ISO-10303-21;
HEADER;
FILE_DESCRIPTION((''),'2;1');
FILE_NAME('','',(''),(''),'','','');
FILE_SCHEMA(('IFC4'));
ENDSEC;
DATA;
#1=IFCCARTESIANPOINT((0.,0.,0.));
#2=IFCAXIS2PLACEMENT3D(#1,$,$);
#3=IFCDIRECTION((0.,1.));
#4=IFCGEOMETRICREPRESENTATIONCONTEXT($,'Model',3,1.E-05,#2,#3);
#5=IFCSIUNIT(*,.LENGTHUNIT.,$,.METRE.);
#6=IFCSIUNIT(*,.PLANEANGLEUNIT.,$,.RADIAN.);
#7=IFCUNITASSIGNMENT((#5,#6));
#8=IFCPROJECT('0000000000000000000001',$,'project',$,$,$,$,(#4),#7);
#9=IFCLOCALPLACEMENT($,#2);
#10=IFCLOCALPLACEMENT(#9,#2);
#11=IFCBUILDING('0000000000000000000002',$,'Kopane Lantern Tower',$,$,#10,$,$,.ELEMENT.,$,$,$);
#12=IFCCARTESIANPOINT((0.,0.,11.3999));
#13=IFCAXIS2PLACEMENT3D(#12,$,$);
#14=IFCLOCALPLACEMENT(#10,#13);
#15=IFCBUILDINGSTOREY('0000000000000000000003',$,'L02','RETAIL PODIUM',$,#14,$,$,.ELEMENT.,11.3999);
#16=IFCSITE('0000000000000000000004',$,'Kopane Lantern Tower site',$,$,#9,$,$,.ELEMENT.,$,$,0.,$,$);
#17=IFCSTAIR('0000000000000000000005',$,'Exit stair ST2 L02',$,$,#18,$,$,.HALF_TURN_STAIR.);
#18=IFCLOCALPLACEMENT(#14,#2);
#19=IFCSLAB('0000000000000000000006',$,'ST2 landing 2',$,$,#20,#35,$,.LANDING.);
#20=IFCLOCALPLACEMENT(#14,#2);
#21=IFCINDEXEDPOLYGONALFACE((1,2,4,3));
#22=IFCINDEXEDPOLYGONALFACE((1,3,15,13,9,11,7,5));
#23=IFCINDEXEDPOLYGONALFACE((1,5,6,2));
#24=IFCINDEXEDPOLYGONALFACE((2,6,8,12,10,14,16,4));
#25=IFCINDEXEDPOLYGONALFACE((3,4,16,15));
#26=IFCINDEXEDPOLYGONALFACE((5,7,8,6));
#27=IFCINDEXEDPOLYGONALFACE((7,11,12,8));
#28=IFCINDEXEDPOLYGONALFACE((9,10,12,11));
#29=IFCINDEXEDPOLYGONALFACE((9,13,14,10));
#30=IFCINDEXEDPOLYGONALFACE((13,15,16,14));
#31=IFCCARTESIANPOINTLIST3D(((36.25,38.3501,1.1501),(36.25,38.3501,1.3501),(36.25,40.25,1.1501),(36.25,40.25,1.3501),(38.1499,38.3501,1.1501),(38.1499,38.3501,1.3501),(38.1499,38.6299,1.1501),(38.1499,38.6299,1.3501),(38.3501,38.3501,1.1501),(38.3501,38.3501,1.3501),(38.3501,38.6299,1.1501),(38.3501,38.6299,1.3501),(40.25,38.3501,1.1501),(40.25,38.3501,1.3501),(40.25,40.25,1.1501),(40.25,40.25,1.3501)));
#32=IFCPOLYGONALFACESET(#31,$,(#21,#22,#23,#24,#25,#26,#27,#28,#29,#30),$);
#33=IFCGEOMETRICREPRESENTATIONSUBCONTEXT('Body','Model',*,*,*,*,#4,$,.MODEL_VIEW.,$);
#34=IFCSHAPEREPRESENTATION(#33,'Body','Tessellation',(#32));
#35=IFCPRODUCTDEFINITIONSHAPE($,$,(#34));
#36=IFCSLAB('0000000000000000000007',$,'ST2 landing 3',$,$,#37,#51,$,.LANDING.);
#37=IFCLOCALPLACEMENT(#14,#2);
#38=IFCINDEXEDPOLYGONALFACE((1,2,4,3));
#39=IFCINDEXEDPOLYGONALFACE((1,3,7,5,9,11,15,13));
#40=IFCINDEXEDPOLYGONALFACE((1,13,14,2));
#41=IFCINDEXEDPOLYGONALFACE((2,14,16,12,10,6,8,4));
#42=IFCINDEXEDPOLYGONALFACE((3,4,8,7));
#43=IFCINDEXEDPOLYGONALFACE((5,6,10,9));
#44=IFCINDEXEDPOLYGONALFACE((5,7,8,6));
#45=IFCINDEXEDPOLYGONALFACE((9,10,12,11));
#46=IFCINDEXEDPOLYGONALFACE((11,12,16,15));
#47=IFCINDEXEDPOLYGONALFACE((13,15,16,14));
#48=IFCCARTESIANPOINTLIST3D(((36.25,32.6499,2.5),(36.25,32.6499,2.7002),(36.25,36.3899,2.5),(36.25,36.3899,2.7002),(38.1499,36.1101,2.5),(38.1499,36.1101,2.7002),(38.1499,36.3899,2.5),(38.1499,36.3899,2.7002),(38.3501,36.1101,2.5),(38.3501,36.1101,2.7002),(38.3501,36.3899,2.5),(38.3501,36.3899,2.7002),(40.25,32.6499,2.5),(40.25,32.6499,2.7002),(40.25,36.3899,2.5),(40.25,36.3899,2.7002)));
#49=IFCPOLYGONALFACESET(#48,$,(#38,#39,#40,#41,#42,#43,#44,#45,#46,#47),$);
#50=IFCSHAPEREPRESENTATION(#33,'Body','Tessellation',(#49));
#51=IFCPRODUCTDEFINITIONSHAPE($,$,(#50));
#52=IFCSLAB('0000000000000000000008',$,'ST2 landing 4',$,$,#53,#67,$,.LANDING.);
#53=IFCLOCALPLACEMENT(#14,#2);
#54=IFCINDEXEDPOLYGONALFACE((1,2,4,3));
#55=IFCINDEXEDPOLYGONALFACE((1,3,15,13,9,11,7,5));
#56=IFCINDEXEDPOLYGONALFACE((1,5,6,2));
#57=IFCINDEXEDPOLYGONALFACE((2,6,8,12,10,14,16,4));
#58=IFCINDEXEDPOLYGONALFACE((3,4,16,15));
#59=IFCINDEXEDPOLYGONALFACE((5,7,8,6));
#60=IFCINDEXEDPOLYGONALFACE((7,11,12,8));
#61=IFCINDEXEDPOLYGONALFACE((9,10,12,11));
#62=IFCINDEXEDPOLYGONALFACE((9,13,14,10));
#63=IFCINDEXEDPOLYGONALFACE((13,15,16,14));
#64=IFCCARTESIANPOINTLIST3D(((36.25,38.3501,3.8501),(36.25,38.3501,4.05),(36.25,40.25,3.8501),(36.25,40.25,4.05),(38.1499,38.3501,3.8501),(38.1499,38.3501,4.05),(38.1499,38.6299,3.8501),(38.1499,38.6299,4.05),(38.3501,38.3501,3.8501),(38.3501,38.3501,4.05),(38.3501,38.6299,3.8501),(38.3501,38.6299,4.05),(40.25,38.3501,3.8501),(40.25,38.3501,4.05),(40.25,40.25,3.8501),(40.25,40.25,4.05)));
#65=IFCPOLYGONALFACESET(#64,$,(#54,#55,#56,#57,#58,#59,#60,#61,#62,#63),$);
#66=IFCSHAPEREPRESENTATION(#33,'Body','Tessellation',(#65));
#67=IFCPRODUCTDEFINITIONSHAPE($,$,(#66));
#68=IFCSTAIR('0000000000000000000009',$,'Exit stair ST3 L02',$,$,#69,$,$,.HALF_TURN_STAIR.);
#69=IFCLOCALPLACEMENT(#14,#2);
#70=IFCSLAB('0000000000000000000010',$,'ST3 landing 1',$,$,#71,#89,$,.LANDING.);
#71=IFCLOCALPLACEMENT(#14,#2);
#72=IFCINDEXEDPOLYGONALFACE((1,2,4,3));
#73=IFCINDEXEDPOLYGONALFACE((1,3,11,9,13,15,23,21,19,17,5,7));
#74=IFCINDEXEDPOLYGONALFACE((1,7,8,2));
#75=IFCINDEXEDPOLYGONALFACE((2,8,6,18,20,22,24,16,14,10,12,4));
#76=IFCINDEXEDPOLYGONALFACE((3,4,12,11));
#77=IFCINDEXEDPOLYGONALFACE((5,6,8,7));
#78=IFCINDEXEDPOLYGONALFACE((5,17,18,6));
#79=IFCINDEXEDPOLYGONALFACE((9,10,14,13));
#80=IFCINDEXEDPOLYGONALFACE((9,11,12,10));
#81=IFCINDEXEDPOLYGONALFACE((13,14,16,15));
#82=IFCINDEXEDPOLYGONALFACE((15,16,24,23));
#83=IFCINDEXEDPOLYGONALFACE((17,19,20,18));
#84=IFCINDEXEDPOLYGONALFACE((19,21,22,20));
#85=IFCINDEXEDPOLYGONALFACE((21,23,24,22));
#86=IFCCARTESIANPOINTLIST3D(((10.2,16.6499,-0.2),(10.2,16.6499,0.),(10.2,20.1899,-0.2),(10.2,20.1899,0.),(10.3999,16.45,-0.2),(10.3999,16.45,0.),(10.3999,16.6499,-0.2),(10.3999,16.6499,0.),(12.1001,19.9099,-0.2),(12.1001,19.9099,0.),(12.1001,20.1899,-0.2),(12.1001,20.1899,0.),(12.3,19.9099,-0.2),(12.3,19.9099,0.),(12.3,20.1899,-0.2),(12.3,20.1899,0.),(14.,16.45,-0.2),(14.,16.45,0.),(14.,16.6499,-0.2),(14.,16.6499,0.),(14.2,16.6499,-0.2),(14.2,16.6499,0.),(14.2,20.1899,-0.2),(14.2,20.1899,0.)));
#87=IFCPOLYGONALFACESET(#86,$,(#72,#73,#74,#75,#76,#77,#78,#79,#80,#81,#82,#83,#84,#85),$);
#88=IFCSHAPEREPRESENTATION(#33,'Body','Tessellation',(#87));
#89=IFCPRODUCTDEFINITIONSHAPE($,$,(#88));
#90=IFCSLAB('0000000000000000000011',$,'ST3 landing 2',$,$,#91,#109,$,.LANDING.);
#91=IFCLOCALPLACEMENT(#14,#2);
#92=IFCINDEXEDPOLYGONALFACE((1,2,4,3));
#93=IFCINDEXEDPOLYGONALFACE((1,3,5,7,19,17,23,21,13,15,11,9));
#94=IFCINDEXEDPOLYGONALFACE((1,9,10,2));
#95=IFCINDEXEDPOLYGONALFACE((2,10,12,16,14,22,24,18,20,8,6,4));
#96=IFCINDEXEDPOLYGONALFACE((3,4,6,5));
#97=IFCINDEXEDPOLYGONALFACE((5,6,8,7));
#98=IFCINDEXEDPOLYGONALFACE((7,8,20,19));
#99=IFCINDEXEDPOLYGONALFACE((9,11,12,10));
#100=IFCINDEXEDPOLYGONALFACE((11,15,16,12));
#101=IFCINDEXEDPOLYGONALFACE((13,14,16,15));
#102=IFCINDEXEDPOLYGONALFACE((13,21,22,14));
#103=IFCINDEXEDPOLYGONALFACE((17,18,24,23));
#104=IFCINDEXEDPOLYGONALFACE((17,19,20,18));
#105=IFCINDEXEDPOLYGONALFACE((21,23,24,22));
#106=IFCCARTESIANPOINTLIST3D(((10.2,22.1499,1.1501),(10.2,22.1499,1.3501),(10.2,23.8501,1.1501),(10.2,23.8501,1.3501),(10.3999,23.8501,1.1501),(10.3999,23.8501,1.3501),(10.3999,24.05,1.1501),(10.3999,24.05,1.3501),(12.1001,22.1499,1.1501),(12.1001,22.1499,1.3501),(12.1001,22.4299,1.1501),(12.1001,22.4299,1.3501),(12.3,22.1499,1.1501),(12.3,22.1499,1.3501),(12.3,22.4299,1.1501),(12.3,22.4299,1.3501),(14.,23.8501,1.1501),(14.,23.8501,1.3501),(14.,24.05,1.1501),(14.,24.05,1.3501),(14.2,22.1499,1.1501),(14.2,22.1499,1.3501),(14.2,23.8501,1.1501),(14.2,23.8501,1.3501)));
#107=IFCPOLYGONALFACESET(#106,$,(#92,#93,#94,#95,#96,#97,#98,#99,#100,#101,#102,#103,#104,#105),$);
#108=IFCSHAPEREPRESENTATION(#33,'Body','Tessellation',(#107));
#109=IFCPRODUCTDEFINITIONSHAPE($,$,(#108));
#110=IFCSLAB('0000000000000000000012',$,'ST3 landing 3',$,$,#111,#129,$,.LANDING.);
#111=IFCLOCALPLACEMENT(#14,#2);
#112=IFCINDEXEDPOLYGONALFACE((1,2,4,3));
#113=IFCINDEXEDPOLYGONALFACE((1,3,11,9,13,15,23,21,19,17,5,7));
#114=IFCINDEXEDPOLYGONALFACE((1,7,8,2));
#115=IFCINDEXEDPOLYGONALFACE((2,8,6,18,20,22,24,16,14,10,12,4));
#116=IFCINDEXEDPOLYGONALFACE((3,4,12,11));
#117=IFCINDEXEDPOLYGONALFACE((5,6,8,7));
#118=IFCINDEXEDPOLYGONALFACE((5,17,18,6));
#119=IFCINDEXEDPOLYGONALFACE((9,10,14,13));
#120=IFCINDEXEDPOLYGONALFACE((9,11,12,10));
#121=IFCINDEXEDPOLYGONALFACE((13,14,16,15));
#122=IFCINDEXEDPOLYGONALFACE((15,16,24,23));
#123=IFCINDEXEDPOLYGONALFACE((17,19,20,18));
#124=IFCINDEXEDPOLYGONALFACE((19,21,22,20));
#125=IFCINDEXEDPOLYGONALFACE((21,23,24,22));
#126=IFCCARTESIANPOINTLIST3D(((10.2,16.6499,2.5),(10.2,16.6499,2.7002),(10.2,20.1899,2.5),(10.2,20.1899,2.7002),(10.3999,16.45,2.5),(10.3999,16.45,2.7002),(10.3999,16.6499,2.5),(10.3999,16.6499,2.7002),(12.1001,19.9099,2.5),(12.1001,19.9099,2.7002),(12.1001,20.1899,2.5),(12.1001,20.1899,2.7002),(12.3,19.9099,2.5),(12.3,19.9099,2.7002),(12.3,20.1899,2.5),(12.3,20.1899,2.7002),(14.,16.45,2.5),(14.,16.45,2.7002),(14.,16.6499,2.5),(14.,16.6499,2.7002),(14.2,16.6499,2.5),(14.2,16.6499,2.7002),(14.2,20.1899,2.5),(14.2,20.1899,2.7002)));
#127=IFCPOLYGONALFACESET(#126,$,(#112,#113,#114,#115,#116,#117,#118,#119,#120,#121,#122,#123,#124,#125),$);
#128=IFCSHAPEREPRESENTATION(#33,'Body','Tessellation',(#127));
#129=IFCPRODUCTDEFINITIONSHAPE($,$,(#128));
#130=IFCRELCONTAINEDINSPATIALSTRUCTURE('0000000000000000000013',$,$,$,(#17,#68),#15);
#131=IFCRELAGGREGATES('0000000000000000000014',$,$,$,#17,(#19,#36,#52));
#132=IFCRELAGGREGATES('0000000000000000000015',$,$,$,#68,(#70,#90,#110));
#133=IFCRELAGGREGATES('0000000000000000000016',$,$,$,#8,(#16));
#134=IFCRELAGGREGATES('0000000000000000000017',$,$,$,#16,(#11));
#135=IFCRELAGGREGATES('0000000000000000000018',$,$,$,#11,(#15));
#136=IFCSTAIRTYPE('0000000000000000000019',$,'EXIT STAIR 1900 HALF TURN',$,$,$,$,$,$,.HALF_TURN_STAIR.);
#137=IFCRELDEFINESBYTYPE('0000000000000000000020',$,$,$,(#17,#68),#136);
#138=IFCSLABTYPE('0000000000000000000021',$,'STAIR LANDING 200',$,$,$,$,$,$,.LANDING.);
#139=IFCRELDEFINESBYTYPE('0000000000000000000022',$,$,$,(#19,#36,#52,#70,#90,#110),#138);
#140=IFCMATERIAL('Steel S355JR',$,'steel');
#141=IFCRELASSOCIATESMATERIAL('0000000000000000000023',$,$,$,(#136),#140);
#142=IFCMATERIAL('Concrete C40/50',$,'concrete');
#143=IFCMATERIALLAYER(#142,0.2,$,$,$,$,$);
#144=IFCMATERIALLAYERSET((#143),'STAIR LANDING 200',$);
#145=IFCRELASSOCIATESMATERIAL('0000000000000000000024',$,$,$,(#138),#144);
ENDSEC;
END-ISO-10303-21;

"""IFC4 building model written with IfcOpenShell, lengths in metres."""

from ifc_helpers import new_model, si_unit, direction, frame, origin, place, context, subcontext, project, spatial, polyline, outline, extrude, material, layer, layer_set, type_object, element, aggregate, save


model = new_model("IFC4")

# Units and contexts
model_context = context("Model", 3, precision=1e-05, world=origin(), true_north=direction((0.0, 1.0)))
body_context = subcontext(model_context, "Body", "Model", "MODEL_VIEW")
ifc_project = project(units=[si_unit("LENGTHUNIT", "METRE"), si_unit("PLANEANGLEUNIT", "RADIAN")], contexts=[model_context])

# Site, building, storey
site_placement = place(None, origin())
site = spatial("IfcSite", under=ifc_project, at=site_placement, Name="Kopane Lantern Tower site", CompositionType="ELEMENT", RefElevation=0.0)
building_placement = place(site_placement, origin())
building = spatial("IfcBuilding", under=site, at=building_placement, Name="Kopane Lantern Tower", CompositionType="ELEMENT")
storey_placement = place(building_placement, frame((0.0, 0.0, 11.3999)))
storey = spatial("IfcBuildingStorey", under=building, at=storey_placement, Name="L02", Description="RETAIL PODIUM", CompositionType="ELEMENT", Elevation=11.3999)

# Stairs, slabs
ifc_material_1 = material(Name="Steel S355JR", Category="steel")
stair_type = type_object("IfcStairType", Name="EXIT STAIR 1900 HALF TURN", PredefinedType="HALF_TURN_STAIR", material=ifc_material_1)
stair_1_placement = place(storey_placement, origin())
stair_1 = element("IfcStair", 1, at=stair_1_placement, inside=storey, type_object=stair_type, Name="Exit stair ST2 L02", PredefinedType="HALF_TURN_STAIR")
ifc_material_2 = material(Name="Concrete C40/50", Category="concrete")
ifc_layer_1 = layer(ifc_material_2, 0.2)
ifc_layer_set_1 = layer_set([ifc_layer_1], Name="STAIR LANDING 200")
slab_type = type_object("IfcSlabType", Name="STAIR LANDING 200", PredefinedType="LANDING", material=ifc_layer_set_1)
slab_1_placement = place(storey_placement, frame((0.0, 0.0, 1.1501)))
slab_1 = element("IfcSlab", 2, at=slab_1_placement, type_object=slab_type, Name="ST2 landing 2", PredefinedType="LANDING", context=body_context, shape_type="SweptSolid", body=[
    extrude(outline(polyline([(38.1499, 38.6299), (38.3501, 38.6299), (38.3501, 38.3501), (40.25, 38.3501), (40.25, 40.25), (36.25, 40.25), (36.25, 38.3501), (38.1499, 38.3501), (38.1499, 38.6299)])), origin(), (0.0, 0.0, 1.0), 0.2),
])
slab_2_placement = place(storey_placement, frame((0.0, 0.0, 2.5)))
slab_2 = element("IfcSlab", 3, at=slab_2_placement, type_object=slab_type, Name="ST2 landing 3", PredefinedType="LANDING", context=body_context, shape_type="SweptSolid", body=[
    extrude(outline(polyline([(40.25, 36.3899), (38.3501, 36.3899), (38.3501, 36.1101), (38.1499, 36.1101), (38.1499, 36.3899), (36.25, 36.3899), (36.25, 32.6499), (40.25, 32.6499), (40.25, 36.3899)])), origin(), (0.0, 0.0, 1.0), 0.2002),
])
slab_3_placement = place(storey_placement, frame((0.0, 0.0, 3.8501)))
slab_3 = element("IfcSlab", 4, at=slab_3_placement, type_object=slab_type, Name="ST2 landing 4", PredefinedType="LANDING", context=body_context, shape_type="SweptSolid", body=[
    extrude(outline(polyline([(38.1499, 38.6299), (38.3501, 38.6299), (38.3501, 38.3501), (40.25, 38.3501), (40.25, 40.25), (36.25, 40.25), (36.25, 38.3501), (38.1499, 38.3501), (38.1499, 38.6299)])), origin(), (0.0, 0.0, 1.0), 0.2),
])
aggregate(stair_1, [slab_1, slab_2, slab_3])
stair_2_placement = place(storey_placement, origin())
stair_2 = element("IfcStair", 5, at=stair_2_placement, inside=storey, type_object=stair_type, Name="Exit stair ST3 L02", PredefinedType="HALF_TURN_STAIR")
slab_4_placement = place(storey_placement, frame((0.0, 0.0, -0.2)))
slab_4 = element("IfcSlab", 6, at=slab_4_placement, type_object=slab_type, Name="ST3 landing 1", PredefinedType="LANDING", context=body_context, shape_type="SweptSolid", body=[
    extrude(outline(polyline([(10.3999, 16.6499), (10.3999, 16.45), (14.0, 16.45), (14.0, 16.6499), (14.2, 16.6499), (14.2, 20.1899), (12.3, 20.1899), (12.3, 19.9099), (12.1001, 19.9099), (12.1001, 20.1899), (10.2, 20.1899), (10.2, 16.6499), (10.3999, 16.6499)])), origin(), (0.0, 0.0, 1.0), 0.2),
])
slab_5_placement = place(storey_placement, frame((0.0, 0.0, 1.1501)))
slab_5 = element("IfcSlab", 7, at=slab_5_placement, type_object=slab_type, Name="ST3 landing 2", PredefinedType="LANDING", context=body_context, shape_type="SweptSolid", body=[
    extrude(outline(polyline([(10.3999, 23.8501), (10.2, 23.8501), (10.2, 22.1499), (12.1001, 22.1499), (12.1001, 22.4299), (12.3, 22.4299), (12.3, 22.1499), (14.2, 22.1499), (14.2, 23.8501), (14.0, 23.8501), (14.0, 24.05), (10.3999, 24.05), (10.3999, 23.8501)])), origin(), (0.0, 0.0, 1.0), 0.2),
])
slab_6_placement = place(storey_placement, frame((0.0, 0.0, 2.5)))
slab_6 = element("IfcSlab", 8, at=slab_6_placement, type_object=slab_type, Name="ST3 landing 3", PredefinedType="LANDING", context=body_context, shape_type="SweptSolid", body=[
    extrude(outline(polyline([(10.3999, 16.6499), (10.3999, 16.45), (14.0, 16.45), (14.0, 16.6499), (14.2, 16.6499), (14.2, 20.1899), (12.3, 20.1899), (12.3, 19.9099), (12.1001, 19.9099), (12.1001, 20.1899), (10.2, 20.1899), (10.2, 16.6499), (10.3999, 16.6499)])), origin(), (0.0, 0.0, 1.0), 0.2002),
])
aggregate(stair_2, [slab_4, slab_5, slab_6])

save(model, "model.ifc")
